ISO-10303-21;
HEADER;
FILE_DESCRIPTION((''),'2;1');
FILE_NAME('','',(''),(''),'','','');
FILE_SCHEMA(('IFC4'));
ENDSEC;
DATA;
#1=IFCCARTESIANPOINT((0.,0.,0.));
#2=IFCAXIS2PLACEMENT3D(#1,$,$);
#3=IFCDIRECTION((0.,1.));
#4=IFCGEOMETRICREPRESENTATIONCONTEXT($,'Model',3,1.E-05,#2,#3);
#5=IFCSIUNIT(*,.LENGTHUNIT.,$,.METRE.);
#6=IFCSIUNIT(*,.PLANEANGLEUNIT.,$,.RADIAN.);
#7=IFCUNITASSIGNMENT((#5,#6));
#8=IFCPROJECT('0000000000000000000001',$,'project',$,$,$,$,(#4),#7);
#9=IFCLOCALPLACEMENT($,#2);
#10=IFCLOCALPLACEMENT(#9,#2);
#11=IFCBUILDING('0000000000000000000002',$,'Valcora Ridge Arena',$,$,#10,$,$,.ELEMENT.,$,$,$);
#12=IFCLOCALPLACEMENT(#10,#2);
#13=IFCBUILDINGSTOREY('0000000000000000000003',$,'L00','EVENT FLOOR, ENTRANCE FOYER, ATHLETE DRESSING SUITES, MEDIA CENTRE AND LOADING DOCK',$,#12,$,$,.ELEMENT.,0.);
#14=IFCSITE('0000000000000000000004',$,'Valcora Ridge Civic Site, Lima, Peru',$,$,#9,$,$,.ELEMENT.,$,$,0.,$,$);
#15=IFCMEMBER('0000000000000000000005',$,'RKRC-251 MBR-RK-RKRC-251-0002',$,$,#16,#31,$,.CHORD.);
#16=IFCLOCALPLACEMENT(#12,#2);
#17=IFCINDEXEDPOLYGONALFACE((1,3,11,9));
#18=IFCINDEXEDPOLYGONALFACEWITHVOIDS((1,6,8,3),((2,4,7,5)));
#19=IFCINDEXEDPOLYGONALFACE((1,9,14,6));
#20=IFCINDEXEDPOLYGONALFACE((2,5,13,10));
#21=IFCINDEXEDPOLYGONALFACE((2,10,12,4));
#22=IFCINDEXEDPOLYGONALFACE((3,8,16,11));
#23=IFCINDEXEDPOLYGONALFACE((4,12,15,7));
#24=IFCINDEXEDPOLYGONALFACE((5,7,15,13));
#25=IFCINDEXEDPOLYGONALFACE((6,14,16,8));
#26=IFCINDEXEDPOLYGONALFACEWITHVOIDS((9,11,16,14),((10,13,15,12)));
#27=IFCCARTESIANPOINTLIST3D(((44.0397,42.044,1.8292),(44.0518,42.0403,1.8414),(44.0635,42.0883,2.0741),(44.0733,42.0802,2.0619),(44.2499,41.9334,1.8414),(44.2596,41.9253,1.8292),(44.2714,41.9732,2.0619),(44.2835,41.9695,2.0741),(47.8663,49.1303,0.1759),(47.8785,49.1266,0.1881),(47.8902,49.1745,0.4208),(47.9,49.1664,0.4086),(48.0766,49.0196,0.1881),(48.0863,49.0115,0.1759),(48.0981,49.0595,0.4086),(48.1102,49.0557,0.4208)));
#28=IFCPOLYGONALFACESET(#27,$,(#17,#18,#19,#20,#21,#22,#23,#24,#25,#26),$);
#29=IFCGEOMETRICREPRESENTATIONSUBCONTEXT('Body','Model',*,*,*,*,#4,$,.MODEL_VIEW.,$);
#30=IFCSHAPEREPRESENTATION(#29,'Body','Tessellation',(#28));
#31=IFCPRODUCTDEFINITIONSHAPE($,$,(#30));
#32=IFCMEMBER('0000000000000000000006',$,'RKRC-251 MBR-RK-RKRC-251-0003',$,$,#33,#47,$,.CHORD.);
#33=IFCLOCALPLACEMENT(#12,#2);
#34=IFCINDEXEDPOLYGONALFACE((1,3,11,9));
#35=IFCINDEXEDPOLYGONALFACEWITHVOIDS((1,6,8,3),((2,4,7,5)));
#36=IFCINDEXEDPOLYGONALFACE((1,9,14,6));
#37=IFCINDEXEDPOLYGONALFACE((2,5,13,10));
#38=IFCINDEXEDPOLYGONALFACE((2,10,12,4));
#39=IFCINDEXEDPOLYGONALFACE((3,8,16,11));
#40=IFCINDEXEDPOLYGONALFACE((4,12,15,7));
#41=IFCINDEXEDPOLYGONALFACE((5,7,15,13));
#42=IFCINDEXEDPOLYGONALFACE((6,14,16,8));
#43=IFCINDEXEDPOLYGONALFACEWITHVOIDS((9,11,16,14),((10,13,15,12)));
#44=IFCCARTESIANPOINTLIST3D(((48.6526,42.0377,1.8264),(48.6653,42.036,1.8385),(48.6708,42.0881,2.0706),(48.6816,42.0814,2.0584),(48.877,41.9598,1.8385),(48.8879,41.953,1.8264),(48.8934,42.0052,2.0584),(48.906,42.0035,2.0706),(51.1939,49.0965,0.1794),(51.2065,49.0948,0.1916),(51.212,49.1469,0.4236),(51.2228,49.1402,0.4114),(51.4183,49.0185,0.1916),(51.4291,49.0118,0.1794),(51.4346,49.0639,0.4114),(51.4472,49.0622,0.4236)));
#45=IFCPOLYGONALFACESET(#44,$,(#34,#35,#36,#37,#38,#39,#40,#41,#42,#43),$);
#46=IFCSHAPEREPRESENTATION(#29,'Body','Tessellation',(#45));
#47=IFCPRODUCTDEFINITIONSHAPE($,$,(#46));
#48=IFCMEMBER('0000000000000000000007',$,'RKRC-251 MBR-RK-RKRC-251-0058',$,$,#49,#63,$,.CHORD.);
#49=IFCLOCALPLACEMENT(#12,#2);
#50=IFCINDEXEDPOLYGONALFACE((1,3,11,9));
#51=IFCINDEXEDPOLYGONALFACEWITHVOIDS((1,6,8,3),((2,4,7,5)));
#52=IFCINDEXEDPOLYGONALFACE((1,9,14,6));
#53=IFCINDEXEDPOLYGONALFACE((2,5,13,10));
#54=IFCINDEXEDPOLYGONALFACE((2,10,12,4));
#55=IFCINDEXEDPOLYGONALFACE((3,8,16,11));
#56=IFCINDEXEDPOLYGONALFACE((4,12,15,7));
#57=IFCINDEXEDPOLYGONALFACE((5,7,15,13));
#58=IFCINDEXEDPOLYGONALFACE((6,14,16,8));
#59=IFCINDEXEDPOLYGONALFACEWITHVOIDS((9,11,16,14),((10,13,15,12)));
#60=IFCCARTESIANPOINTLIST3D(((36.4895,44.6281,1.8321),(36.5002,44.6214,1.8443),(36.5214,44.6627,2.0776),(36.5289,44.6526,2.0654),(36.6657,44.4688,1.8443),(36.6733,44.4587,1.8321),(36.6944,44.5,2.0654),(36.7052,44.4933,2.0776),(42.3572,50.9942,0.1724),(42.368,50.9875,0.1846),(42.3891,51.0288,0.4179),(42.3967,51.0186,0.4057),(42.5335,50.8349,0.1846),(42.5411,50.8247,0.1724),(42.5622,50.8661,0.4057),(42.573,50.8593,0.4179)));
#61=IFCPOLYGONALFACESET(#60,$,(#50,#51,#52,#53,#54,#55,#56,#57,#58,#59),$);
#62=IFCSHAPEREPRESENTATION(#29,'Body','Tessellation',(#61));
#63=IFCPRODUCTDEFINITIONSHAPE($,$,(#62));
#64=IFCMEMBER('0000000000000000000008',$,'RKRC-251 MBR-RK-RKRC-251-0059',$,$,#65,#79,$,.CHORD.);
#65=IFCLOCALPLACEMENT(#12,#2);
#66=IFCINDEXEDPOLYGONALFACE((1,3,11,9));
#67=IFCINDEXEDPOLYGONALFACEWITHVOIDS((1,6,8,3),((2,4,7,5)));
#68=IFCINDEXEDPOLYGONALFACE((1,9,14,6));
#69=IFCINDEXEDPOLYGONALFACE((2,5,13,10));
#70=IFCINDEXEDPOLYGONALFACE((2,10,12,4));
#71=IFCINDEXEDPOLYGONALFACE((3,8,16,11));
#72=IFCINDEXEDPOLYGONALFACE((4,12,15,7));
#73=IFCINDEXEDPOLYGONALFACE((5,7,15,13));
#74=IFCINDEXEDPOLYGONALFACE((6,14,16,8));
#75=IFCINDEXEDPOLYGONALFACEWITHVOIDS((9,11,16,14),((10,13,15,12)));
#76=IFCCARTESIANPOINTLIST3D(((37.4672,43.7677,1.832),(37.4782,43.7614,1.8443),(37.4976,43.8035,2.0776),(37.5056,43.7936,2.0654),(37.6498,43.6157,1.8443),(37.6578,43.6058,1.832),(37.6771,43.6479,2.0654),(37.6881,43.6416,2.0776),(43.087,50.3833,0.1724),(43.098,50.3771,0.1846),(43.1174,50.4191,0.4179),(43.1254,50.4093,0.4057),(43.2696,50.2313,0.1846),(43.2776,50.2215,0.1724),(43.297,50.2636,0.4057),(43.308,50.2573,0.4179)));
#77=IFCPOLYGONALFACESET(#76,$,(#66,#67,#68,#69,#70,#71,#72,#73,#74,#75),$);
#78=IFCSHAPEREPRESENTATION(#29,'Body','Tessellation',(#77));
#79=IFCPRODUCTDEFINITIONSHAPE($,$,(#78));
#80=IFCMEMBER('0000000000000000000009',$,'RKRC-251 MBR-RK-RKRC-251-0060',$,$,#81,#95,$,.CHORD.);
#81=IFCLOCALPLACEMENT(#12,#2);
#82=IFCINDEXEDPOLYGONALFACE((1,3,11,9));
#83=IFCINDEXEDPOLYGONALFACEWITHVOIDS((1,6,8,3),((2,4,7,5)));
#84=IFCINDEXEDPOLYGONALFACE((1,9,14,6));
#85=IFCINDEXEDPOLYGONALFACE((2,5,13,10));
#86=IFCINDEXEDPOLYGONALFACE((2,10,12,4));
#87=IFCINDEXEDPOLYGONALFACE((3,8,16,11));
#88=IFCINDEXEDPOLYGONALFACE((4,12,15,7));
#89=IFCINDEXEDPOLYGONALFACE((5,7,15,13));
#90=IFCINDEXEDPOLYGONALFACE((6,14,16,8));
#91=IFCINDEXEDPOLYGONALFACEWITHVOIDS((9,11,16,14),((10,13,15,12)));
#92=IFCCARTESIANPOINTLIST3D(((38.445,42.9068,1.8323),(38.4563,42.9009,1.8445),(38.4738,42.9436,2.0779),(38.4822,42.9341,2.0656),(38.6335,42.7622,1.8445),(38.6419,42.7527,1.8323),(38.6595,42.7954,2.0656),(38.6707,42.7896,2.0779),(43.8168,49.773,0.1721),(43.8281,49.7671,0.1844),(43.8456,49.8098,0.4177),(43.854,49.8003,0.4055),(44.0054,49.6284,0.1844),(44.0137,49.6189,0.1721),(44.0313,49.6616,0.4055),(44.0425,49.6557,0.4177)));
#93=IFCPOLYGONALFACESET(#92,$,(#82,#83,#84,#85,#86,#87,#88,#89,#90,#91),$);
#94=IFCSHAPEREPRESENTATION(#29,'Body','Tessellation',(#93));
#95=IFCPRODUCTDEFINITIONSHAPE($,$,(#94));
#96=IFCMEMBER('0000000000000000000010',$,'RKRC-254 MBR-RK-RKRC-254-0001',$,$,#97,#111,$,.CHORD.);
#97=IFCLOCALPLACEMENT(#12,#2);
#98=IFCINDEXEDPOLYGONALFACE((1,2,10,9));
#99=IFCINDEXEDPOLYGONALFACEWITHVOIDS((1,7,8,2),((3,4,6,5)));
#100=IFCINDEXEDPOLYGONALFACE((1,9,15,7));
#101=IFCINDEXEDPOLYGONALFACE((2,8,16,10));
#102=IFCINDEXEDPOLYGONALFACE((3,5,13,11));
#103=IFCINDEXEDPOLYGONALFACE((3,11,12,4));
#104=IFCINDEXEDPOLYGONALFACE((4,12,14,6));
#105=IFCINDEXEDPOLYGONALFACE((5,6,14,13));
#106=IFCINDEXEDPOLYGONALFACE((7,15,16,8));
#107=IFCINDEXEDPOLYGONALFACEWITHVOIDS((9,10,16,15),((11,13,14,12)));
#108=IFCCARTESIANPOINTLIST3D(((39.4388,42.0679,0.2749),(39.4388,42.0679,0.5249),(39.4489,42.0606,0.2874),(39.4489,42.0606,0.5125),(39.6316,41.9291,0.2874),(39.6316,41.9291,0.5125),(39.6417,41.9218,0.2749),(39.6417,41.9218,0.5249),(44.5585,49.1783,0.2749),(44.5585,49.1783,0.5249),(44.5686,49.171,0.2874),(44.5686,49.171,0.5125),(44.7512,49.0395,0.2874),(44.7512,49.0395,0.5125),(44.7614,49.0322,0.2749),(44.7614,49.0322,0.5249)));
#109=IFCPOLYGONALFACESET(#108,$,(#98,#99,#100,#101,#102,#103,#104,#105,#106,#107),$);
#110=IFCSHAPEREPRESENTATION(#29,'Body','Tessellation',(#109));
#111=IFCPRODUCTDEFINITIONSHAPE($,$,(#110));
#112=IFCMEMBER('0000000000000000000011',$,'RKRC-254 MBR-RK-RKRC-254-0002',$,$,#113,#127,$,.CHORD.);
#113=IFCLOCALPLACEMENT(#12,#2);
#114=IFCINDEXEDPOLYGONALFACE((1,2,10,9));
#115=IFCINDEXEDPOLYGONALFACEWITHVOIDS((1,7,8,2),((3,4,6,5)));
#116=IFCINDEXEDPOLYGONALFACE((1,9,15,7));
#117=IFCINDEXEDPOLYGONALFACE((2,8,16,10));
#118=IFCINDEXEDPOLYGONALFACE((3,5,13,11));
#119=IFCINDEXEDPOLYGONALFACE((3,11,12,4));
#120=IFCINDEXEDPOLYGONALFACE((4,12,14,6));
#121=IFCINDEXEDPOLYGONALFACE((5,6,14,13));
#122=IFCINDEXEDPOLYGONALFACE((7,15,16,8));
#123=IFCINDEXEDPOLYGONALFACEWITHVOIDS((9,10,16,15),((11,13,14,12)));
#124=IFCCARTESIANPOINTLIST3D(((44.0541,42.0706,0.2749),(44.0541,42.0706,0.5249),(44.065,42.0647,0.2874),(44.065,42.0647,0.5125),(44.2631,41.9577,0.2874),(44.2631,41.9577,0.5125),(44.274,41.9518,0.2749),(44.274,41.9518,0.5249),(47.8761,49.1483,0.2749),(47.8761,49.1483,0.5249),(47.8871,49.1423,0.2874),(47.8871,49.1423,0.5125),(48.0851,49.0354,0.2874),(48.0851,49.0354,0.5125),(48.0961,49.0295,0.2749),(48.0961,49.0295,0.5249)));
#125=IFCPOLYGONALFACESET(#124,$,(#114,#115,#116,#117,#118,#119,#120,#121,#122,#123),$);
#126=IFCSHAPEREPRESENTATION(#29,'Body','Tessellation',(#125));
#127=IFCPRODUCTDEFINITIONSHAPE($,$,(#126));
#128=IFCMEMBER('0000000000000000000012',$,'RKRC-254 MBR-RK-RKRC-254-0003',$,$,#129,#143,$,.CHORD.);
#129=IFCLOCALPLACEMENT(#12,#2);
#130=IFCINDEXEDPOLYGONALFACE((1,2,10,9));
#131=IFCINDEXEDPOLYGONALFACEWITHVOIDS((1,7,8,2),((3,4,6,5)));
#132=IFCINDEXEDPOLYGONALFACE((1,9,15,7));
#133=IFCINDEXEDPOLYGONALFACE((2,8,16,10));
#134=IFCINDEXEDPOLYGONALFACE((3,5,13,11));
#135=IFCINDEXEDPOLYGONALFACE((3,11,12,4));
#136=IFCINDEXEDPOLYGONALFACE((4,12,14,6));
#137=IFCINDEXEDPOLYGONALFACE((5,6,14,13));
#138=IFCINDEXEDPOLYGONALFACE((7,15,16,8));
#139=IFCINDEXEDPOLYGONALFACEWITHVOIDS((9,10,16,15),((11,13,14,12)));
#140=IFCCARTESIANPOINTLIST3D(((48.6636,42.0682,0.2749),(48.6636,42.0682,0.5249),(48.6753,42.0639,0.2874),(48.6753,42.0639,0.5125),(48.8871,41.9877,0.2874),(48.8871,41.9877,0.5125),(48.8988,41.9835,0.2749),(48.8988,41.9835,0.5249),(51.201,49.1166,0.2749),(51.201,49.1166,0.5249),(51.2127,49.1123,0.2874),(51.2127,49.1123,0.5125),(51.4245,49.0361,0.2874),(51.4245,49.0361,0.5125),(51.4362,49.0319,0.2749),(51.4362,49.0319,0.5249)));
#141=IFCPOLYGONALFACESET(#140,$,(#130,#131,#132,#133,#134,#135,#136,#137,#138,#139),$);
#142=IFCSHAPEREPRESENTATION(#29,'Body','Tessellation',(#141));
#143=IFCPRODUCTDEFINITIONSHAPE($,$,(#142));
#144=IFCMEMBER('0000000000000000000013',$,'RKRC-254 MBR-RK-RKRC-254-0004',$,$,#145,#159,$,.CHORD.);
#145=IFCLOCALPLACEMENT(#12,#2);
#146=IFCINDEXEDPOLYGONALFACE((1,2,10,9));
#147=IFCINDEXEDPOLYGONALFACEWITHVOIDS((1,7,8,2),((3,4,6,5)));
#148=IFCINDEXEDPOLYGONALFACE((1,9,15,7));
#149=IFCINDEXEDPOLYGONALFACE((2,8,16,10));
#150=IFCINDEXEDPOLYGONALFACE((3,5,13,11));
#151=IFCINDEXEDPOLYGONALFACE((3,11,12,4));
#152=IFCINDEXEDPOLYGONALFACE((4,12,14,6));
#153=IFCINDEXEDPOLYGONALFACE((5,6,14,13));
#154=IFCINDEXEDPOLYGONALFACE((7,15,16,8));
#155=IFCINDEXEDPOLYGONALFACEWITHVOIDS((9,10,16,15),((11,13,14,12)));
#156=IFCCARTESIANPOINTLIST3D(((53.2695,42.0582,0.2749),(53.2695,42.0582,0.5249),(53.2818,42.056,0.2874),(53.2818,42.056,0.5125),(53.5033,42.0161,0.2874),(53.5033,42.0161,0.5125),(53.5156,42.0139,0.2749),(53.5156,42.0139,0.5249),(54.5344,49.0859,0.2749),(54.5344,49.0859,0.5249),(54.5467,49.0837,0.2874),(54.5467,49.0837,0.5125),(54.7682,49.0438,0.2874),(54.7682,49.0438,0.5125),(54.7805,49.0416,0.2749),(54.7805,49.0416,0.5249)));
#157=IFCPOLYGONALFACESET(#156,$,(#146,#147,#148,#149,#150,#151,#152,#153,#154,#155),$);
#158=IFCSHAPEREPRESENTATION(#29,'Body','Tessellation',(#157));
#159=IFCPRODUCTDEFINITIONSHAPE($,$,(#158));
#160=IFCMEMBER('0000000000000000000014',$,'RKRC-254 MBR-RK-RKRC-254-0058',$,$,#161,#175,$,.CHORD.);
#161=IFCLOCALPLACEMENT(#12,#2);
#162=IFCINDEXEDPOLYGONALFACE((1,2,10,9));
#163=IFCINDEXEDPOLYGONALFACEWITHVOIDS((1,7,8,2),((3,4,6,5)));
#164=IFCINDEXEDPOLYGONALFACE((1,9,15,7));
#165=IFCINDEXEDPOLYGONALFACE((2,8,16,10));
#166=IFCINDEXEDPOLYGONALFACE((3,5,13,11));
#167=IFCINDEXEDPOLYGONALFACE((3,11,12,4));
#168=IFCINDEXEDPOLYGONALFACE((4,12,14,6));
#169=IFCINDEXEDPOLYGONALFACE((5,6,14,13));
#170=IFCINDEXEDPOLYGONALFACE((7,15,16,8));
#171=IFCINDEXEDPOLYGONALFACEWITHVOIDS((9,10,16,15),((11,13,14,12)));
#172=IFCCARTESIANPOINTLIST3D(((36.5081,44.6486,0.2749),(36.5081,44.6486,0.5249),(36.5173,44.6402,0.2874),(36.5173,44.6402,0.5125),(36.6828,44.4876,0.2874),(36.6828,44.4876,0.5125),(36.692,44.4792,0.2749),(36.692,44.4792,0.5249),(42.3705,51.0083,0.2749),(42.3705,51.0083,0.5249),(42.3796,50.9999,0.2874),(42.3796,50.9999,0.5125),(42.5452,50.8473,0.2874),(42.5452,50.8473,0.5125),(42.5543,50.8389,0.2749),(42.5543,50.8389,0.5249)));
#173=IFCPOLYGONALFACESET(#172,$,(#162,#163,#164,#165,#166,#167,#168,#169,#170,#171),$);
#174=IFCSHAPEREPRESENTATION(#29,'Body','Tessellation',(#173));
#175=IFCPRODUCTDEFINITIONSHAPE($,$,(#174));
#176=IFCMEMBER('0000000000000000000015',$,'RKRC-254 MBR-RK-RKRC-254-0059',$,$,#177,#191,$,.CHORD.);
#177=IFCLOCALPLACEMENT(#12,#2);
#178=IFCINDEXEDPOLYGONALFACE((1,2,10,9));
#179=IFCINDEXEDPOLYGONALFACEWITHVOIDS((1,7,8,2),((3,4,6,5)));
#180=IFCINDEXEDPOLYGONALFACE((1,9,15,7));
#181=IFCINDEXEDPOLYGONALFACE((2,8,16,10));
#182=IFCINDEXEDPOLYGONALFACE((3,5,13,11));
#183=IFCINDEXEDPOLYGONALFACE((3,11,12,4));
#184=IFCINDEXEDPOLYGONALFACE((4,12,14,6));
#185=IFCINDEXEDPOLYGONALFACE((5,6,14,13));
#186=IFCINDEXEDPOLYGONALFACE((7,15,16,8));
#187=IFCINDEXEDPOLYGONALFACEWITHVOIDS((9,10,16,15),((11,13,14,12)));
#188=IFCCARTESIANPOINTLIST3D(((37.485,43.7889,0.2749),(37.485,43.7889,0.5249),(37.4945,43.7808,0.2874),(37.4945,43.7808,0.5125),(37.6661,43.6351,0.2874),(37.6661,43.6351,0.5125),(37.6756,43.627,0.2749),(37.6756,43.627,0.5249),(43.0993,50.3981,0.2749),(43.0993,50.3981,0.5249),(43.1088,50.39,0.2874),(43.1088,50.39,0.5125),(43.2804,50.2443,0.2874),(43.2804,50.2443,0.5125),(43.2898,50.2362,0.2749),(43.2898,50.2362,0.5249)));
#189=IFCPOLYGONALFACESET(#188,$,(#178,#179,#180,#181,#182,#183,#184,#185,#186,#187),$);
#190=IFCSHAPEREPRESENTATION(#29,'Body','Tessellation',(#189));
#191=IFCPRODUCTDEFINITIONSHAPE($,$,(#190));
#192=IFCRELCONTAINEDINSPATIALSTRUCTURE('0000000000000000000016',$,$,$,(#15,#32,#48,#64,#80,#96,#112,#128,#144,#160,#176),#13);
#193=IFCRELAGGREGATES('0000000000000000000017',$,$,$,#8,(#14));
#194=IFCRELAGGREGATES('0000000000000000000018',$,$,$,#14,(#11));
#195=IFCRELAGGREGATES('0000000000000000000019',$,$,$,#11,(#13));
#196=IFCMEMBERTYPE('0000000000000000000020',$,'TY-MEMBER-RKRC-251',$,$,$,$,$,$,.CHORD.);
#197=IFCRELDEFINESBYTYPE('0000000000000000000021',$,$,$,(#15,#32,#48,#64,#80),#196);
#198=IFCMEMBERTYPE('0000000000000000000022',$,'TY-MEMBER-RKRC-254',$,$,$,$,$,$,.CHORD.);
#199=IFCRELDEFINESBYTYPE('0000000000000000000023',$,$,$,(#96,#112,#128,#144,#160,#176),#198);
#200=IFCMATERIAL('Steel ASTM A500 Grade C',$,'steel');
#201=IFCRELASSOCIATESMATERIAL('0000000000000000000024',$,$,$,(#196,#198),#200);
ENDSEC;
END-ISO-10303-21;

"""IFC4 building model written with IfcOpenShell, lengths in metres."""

from ifc_helpers import new_model, si_unit, direction, frame, origin, origin_2d, place, context, subcontext, project, spatial, hollow_rectangle, extrude, material, material_profile, profile_set, type_object, element, save


model = new_model("IFC4")

# Units and contexts
model_context = context("Model", 3, precision=1e-05, world=origin(), true_north=direction((0.0, 1.0)))
body_context = subcontext(model_context, "Body", "Model", "MODEL_VIEW")
ifc_project = project(units=[si_unit("LENGTHUNIT", "METRE"), si_unit("PLANEANGLEUNIT", "RADIAN")], contexts=[model_context])

# Site, building, storey
site_placement = place(None, origin())
site = spatial("IfcSite", under=ifc_project, at=site_placement, Name="Valcora Ridge Civic Site, Lima, Peru", CompositionType="ELEMENT", RefElevation=0.0)
building_placement = place(site_placement, origin())
building = spatial("IfcBuilding", under=site, at=building_placement, Name="Valcora Ridge Arena", CompositionType="ELEMENT")
storey_placement = place(building_placement, origin())
storey = spatial("IfcBuildingStorey", under=building, at=storey_placement, Name="L00", Description="EVENT FLOOR, ENTRANCE FOYER, ATHLETE DRESSING SUITES, MEDIA CENTRE AND LOADING DOCK", CompositionType="ELEMENT", Elevation=0.0)

# Members
ifc_material_1 = material(Name="Steel ASTM A500 Grade C", Category="steel")
ifc_material_profile_1 = material_profile(ifc_material_1, hollow_rectangle(XDim=0.25, YDim=0.25, WallThickness=0.0125, at=origin_2d()), Name="HSS250X250X12")
ifc_profile_set_1 = profile_set([ifc_material_profile_1], Name="Steel ASTM A500 Grade C")
member_type_1 = type_object("IfcMemberType", Name="TY-MEMBER-RKRC-251", PredefinedType="CHORD", material=ifc_profile_set_1)
member_1_placement = place(storey_placement, frame((47.9883, 49.093, 0.2983), z_axis=(-0.465453, -0.861923, 0.201101), x_axis=(0.879899, -0.475161, 0.0)))
element("IfcMember", 1, at=member_1_placement, inside=storey, type_object=member_type_1, Name="RKRC-251 MBR-RK-RKRC-251-0002", PredefinedType="CHORD", context=body_context, shape_type="SweptSolid", body=[
    extrude(hollow_rectangle(XDim=0.25, YDim=0.25, WallThickness=0.0125, at=origin_2d()), origin(), (0.0, 0.0, 1.0), 8.2214),
])
member_2_placement = place(storey_placement, frame((51.3206, 49.0793, 0.3015), z_axis=(-0.33085, -0.919, 0.214422), x_axis=(0.940884, -0.338729, 0.0)))
element("IfcMember", 2, at=member_2_placement, inside=storey, type_object=member_type_1, Name="RKRC-251 MBR-RK-RKRC-251-0003", PredefinedType="CHORD", context=body_context, shape_type="SweptSolid", body=[
    extrude(hollow_rectangle(XDim=0.25, YDim=0.25, WallThickness=0.0125, at=origin_2d()), origin(), (0.0, 0.0, 1.0), 7.6809),
])
member_3_placement = place(storey_placement, frame((42.4651, 50.9268, 0.2952), z_axis=(-0.665623, -0.722149, 0.188271), x_axis=(0.735298, -0.677744, 0.0)))
element("IfcMember", 3, at=member_3_placement, inside=storey, type_object=member_type_1, Name="RKRC-251 MBR-RK-RKRC-251-0058", PredefinedType="CHORD", context=body_context, shape_type="SweptSolid", body=[
    extrude(hollow_rectangle(XDim=0.25, YDim=0.25, WallThickness=0.0125, at=origin_2d()), origin(), (0.0, 0.0, 1.0), 8.8154),
])
member_4_placement = place(storey_placement, frame((43.1975, 50.3203, 0.2952), z_axis=(-0.635896, -0.748578, 0.187794), x_axis=(0.762138, -0.647415, 0.0)))
element("IfcMember", 4, at=member_4_placement, inside=storey, type_object=member_type_1, Name="RKRC-251 MBR-RK-RKRC-251-0059", PredefinedType="CHORD", context=body_context, shape_type="SweptSolid", body=[
    extrude(hollow_rectangle(XDim=0.25, YDim=0.25, WallThickness=0.0125, at=origin_2d()), origin(), (0.0, 0.0, 1.0), 8.8376),
])
member_5_placement = place(storey_placement, frame((43.9297, 49.7144, 0.2949), z_axis=(-0.605307, -0.773698, 0.18707), x_axis=(0.787601, -0.616185, 0.0)))
element("IfcMember", 5, at=member_5_placement, inside=storey, type_object=member_type_1, Name="RKRC-251 MBR-RK-RKRC-251-0060", PredefinedType="CHORD", context=body_context, shape_type="SweptSolid", body=[
    extrude(hollow_rectangle(XDim=0.25, YDim=0.25, WallThickness=0.0125, at=origin_2d()), origin(), (0.0, 0.0, 1.0), 8.8745),
])
ifc_material_profile_2 = material_profile(ifc_material_1, hollow_rectangle(XDim=0.25, YDim=0.25, WallThickness=0.0125, at=origin_2d()), Name="HSS250X250X12")
ifc_profile_set_2 = profile_set([ifc_material_profile_2], Name="Steel ASTM A500 Grade C")
member_type_2 = type_object("IfcMemberType", Name="TY-MEMBER-RKRC-254", PredefinedType="CHORD", material=ifc_profile_set_2)
member_6_placement = place(storey_placement, frame((44.6599, 49.1052, 0.3999), z_axis=(-0.584318, -0.811525, 0.0), x_axis=(0.811525, -0.584318, 0.0)))
element("IfcMember", 6, at=member_6_placement, inside=storey, type_object=member_type_2, Name="RKRC-254 MBR-RK-RKRC-254-0001", PredefinedType="CHORD", context=body_context, shape_type="SweptSolid", body=[
    extrude(hollow_rectangle(XDim=0.25, YDim=0.25, WallThickness=0.0125, at=origin_2d()), origin(), (0.0, 0.0, 1.0), 8.7617),
])
member_7_placement = place(storey_placement, frame((47.9861, 49.0889, 0.3999), z_axis=(-0.475158, -0.8799, 0.0), x_axis=(0.8799, -0.475158, 0.0)))
element("IfcMember", 7, at=member_7_placement, inside=storey, type_object=member_type_2, Name="RKRC-254 MBR-RK-RKRC-254-0002", PredefinedType="CHORD", context=body_context, shape_type="SweptSolid", body=[
    extrude(hollow_rectangle(XDim=0.25, YDim=0.25, WallThickness=0.0125, at=origin_2d()), origin(), (0.0, 0.0, 1.0), 8.0437),
])
member_8_placement = place(storey_placement, frame((51.3186, 49.0742, 0.3999), z_axis=(-0.338714, -0.940889, 0.0), x_axis=(0.940889, -0.338714, 0.0)))
element("IfcMember", 8, at=member_8_placement, inside=storey, type_object=member_type_2, Name="RKRC-254 MBR-RK-RKRC-254-0003", PredefinedType="CHORD", context=body_context, shape_type="SweptSolid", body=[
    extrude(hollow_rectangle(XDim=0.25, YDim=0.25, WallThickness=0.0125, at=origin_2d()), origin(), (0.0, 0.0, 1.0), 7.4912),
])
member_9_placement = place(storey_placement, frame((54.6575, 49.0637, 0.3999), z_axis=(-0.177143, -0.984185, 0.0), x_axis=(0.984185, -0.177143, 0.0)))
element("IfcMember", 9, at=member_9_placement, inside=storey, type_object=member_type_2, Name="RKRC-254 MBR-RK-RKRC-254-0004", PredefinedType="CHORD", context=body_context, shape_type="SweptSolid", body=[
    extrude(hollow_rectangle(XDim=0.25, YDim=0.25, WallThickness=0.0125, at=origin_2d()), origin(), (0.0, 0.0, 1.0), 7.1406),
])
member_10_placement = place(storey_placement, frame((42.4624, 50.9236, 0.3999), z_axis=(-0.677773, -0.735271, 0.0), x_axis=(0.735271, -0.677773, 0.0)))
element("IfcMember", 10, at=member_10_placement, inside=storey, type_object=member_type_2, Name="RKRC-254 MBR-RK-RKRC-254-0058", PredefinedType="CHORD", context=body_context, shape_type="SweptSolid", body=[
    extrude(hollow_rectangle(XDim=0.25, YDim=0.25, WallThickness=0.0125, at=origin_2d()), origin(), (0.0, 0.0, 1.0), 8.6494),
])
member_11_placement = place(storey_placement, frame((43.1946, 50.3171, 0.3999), z_axis=(-0.647414, -0.762139, 0.0), x_axis=(0.762139, -0.647414, 0.0)))
element("IfcMember", 11, at=member_11_placement, inside=storey, type_object=member_type_2, Name="RKRC-254 MBR-RK-RKRC-254-0059", PredefinedType="CHORD", context=body_context, shape_type="SweptSolid", body=[
    extrude(hollow_rectangle(XDim=0.25, YDim=0.25, WallThickness=0.0125, at=origin_2d()), origin(), (0.0, 0.0, 1.0), 8.6719),
])

save(model, "model.ifc")
